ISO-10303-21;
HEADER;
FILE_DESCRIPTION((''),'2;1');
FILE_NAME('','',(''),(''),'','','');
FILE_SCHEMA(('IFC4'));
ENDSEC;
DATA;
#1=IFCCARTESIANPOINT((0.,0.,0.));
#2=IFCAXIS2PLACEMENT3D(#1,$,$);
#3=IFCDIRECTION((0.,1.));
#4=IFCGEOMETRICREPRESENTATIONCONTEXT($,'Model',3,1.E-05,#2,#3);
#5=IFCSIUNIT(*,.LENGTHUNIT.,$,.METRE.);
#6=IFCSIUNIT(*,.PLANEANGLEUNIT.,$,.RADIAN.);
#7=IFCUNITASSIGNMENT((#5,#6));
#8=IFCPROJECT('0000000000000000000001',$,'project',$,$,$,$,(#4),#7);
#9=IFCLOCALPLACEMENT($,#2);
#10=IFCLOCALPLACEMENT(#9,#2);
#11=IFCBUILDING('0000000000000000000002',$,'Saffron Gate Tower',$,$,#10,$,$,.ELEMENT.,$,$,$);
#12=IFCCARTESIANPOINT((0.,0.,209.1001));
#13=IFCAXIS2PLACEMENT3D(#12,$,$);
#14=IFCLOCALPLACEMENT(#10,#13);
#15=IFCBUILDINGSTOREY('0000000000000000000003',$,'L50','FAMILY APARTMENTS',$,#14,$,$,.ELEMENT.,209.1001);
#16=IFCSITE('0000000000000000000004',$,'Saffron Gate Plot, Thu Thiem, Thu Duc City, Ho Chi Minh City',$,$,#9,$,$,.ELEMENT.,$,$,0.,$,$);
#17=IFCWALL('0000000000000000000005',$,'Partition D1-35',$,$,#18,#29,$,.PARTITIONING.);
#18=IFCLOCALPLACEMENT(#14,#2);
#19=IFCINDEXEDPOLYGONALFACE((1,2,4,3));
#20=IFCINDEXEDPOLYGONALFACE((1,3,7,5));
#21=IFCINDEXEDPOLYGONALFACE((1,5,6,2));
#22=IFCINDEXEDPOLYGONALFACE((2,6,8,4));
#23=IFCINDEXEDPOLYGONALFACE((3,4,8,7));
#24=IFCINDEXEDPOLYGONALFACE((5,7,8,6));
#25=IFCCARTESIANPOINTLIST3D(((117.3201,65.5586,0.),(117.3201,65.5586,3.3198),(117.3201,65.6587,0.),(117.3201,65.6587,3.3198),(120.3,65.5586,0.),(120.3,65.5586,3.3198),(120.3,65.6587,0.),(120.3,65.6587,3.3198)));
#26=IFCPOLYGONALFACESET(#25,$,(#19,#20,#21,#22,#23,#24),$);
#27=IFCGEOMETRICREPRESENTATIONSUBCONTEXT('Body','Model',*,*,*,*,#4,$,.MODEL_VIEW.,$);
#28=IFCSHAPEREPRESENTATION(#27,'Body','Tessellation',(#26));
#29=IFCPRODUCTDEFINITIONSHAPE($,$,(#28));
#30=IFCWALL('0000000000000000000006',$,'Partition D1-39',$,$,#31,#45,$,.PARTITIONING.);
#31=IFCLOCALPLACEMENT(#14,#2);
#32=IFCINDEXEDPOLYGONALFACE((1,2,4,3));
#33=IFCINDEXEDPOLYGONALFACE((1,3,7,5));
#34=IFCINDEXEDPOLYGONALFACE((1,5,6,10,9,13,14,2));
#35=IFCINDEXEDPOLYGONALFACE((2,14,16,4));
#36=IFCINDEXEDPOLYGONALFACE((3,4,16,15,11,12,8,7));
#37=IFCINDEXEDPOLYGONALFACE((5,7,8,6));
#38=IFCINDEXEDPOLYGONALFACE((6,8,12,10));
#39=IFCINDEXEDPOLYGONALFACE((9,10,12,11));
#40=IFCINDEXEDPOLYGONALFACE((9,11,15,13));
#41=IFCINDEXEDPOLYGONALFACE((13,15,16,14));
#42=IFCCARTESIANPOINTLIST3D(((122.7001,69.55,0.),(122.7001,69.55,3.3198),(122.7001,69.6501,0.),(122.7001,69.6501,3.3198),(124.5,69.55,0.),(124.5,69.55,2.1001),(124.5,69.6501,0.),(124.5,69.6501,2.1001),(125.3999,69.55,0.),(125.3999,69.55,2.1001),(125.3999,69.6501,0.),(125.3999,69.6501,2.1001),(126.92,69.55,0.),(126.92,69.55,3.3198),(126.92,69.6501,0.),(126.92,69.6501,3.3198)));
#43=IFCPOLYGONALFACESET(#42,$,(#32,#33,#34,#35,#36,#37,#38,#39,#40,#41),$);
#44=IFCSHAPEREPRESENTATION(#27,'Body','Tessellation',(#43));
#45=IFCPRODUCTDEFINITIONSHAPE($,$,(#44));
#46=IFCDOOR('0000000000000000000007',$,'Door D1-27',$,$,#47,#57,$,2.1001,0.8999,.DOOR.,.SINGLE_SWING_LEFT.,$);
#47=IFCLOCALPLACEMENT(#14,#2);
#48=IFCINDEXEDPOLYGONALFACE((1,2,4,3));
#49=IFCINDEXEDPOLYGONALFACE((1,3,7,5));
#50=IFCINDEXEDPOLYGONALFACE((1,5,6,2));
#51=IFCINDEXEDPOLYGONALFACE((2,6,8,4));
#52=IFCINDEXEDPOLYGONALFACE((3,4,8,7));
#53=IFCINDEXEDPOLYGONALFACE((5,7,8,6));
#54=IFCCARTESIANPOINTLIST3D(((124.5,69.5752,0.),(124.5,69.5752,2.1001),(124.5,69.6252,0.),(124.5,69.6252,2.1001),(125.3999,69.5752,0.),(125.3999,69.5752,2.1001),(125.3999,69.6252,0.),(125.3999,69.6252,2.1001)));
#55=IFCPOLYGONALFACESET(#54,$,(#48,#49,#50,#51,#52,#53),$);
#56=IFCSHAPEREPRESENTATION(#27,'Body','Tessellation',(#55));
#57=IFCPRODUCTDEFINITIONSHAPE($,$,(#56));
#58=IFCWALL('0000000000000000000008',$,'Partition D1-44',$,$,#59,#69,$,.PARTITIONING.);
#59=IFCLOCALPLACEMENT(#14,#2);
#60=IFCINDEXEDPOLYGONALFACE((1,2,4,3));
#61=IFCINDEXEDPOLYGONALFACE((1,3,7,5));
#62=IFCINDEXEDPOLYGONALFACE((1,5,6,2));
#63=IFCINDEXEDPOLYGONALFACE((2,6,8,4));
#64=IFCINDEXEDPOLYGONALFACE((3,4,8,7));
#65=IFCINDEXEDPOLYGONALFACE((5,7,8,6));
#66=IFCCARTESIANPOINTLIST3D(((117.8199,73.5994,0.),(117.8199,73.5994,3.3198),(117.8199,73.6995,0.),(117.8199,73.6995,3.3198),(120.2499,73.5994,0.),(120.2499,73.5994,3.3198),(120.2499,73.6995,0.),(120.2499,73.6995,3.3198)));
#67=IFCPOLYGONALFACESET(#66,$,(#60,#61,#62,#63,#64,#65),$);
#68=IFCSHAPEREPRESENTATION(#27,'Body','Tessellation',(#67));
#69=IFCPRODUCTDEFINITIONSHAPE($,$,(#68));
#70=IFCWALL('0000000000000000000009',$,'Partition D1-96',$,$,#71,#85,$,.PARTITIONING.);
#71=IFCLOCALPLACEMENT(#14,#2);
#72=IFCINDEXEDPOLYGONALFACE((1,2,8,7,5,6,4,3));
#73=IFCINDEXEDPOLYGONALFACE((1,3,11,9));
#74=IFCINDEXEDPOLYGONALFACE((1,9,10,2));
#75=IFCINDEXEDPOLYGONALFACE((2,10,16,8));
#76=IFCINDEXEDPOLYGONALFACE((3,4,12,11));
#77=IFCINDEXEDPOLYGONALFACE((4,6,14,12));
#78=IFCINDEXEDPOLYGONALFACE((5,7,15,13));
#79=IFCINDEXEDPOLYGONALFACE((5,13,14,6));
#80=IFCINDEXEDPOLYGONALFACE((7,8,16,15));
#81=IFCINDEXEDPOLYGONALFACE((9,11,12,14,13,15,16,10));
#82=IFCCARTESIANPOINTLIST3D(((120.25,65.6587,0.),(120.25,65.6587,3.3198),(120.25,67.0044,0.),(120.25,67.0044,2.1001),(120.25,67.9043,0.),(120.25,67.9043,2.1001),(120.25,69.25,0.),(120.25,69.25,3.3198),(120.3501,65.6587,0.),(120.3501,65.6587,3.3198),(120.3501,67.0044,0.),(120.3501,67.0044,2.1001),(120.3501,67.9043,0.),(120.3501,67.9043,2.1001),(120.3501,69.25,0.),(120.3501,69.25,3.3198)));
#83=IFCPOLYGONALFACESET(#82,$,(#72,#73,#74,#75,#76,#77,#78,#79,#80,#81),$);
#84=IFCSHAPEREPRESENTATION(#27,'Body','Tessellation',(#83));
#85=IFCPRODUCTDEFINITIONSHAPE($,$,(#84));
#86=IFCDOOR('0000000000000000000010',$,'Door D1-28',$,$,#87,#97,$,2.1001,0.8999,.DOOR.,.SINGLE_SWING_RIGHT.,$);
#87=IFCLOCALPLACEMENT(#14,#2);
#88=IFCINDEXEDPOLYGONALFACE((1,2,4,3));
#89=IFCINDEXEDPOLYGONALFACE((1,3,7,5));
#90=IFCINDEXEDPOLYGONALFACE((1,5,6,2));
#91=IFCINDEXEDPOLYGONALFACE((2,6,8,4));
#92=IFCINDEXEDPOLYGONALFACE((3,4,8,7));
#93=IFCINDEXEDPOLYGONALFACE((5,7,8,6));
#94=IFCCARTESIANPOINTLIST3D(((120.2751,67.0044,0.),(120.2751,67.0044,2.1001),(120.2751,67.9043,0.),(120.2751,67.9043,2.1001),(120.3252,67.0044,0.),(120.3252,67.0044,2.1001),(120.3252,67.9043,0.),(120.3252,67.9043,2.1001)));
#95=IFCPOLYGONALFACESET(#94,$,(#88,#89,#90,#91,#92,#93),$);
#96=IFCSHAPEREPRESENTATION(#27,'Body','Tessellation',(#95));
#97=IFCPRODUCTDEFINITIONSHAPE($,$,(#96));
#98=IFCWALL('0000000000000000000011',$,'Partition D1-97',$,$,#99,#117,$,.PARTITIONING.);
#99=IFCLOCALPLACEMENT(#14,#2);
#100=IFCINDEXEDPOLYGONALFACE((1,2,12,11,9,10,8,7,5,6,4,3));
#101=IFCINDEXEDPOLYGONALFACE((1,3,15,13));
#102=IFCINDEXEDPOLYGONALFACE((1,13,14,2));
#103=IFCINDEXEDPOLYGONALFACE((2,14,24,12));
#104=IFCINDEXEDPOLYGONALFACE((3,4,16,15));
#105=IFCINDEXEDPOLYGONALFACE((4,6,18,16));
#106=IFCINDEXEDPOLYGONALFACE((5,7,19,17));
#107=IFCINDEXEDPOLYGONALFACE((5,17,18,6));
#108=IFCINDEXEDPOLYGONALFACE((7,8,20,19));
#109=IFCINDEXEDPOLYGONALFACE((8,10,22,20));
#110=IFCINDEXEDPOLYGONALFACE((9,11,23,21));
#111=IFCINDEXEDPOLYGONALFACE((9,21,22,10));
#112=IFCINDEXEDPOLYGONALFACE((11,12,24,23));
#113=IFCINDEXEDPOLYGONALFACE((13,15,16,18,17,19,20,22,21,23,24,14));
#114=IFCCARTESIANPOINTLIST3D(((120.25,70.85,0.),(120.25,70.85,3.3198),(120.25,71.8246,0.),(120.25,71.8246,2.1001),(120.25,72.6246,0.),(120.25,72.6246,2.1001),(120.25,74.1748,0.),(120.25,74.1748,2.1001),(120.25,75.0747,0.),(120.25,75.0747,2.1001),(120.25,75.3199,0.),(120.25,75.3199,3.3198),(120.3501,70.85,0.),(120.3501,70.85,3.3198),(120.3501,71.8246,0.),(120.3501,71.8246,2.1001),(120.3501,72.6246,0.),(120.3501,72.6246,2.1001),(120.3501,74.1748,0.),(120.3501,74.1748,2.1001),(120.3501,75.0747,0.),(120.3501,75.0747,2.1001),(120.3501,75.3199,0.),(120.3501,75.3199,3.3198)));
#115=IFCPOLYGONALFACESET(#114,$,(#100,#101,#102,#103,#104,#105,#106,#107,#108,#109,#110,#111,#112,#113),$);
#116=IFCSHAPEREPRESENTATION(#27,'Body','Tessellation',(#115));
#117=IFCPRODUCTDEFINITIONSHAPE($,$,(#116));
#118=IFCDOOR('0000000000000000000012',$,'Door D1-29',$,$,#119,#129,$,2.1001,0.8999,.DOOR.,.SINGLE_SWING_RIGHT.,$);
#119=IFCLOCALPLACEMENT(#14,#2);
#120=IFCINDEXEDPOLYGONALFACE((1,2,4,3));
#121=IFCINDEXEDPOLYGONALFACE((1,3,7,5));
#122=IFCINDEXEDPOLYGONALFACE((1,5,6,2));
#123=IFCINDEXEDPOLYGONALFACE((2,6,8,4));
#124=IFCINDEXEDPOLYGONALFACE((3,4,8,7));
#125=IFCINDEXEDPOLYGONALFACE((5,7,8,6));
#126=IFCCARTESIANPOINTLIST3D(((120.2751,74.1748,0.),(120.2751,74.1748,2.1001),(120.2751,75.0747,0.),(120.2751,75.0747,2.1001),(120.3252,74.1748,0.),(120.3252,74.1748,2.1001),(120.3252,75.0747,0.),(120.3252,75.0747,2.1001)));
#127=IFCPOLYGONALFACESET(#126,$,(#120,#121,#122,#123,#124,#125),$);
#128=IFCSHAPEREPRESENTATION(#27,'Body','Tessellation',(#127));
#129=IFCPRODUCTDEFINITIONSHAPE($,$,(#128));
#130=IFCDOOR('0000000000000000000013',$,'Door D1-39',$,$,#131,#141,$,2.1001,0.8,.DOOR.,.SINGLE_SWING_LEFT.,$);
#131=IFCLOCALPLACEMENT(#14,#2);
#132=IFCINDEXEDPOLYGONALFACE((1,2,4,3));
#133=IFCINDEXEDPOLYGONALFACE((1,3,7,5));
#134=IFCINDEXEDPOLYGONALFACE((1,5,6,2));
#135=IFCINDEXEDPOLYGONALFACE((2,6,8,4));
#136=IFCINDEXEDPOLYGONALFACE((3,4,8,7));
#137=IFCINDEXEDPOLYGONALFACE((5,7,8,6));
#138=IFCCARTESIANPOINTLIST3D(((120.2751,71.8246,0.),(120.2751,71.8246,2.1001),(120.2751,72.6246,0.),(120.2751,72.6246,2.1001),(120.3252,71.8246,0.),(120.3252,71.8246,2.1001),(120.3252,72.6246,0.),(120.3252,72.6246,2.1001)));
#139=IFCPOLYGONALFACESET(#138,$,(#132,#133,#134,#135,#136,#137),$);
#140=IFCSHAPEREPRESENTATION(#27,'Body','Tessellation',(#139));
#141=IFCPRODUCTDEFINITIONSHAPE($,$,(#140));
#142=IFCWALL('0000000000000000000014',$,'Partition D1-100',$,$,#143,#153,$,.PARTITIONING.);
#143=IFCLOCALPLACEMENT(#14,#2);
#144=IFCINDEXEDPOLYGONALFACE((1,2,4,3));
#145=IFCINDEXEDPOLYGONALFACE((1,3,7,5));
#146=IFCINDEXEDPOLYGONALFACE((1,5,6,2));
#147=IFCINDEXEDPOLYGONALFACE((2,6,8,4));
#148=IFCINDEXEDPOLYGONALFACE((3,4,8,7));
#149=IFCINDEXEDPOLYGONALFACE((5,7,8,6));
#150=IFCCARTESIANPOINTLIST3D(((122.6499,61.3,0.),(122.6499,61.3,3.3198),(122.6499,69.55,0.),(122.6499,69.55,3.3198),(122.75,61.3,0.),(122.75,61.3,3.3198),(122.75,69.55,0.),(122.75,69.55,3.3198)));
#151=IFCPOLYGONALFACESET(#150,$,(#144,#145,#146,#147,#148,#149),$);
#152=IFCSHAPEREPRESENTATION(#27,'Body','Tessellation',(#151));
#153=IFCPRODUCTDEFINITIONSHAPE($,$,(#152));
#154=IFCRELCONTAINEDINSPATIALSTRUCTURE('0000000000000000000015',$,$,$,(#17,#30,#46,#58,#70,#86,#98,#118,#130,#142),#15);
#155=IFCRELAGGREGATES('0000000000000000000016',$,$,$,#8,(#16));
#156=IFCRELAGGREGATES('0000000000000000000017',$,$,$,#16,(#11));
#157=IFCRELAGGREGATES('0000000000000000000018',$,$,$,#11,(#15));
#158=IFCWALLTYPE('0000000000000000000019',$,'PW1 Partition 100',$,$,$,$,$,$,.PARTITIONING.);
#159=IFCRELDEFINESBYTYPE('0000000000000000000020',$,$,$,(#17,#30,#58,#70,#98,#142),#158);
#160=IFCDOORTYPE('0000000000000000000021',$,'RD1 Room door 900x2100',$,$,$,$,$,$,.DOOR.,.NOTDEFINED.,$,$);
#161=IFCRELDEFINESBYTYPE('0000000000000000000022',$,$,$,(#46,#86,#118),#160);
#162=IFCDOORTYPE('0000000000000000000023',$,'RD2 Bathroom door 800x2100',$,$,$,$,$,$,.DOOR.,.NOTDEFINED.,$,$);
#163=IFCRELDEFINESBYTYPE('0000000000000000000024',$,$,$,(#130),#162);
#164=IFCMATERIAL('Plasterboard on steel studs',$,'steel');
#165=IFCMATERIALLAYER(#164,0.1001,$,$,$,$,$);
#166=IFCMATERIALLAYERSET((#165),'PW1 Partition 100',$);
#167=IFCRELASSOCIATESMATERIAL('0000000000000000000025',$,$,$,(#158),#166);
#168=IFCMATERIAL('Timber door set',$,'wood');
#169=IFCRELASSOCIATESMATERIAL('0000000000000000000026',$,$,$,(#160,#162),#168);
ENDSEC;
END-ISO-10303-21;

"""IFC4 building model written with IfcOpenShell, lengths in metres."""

from ifc_helpers import new_model, si_unit, direction, frame, frame_2d, origin, place, context, subcontext, project, spatial, rectangle, extrude, material, layer, layer_set, type_object, element, fill, save


model = new_model("IFC4")

# Units and contexts
model_context = context("Model", 3, precision=1e-05, world=origin(), true_north=direction((0.0, 1.0)))
body_context = subcontext(model_context, "Body", "Model", "MODEL_VIEW")
ifc_project = project(units=[si_unit("LENGTHUNIT", "METRE"), si_unit("PLANEANGLEUNIT", "RADIAN")], contexts=[model_context])

# Site, building, storey
site_placement = place(None, origin())
site = spatial("IfcSite", under=ifc_project, at=site_placement, Name="Saffron Gate Plot, Thu Thiem, Thu Duc City, Ho Chi Minh City", CompositionType="ELEMENT", RefElevation=0.0)
building_placement = place(site_placement, origin())
building = spatial("IfcBuilding", under=site, at=building_placement, Name="Saffron Gate Tower", CompositionType="ELEMENT")
storey_placement = place(building_placement, frame((0.0, 0.0, 209.1001)))
storey = spatial("IfcBuildingStorey", under=building, at=storey_placement, Name="L50", Description="FAMILY APARTMENTS", CompositionType="ELEMENT", Elevation=209.1001)

# Wall
ifc_material_1 = material(Name="Plasterboard on steel studs", Category="steel")
ifc_layer_1 = layer(ifc_material_1, 0.1001)
ifc_layer_set_1 = layer_set([ifc_layer_1], Name="PW1 Partition 100")
wall_type = type_object("IfcWallType", Name="PW1 Partition 100", PredefinedType="PARTITIONING", material=ifc_layer_set_1)
wall_1_placement = place(storey_placement, frame((117.3201, 65.6086, 0.0), z_axis=(0.0, 0.0, 1.0), x_axis=(1.0, 0.0, 0.0)))
element("IfcWall", 1, at=wall_1_placement, inside=storey, type_object=wall_type, Name="Partition D1-35", PredefinedType="PARTITIONING", context=body_context, shape_type="SweptSolid", body=[
    extrude(rectangle(XDim=2.98, YDim=0.1001, at=frame_2d((1.49, 0.0))), origin(), (0.0, 0.0, 1.0), 3.3198),
])

# Wall, opening, door
wall_2_placement = place(storey_placement, frame((126.9199, 69.6001, 0.0), z_axis=(0.0, 0.0, 1.0), x_axis=(-1.0, 0.0, 0.0)))
wall_2 = element("IfcWall", 2, at=wall_2_placement, inside=storey, type_object=wall_type, Name="Partition D1-39", PredefinedType="PARTITIONING", context=body_context, shape_type="SweptSolid", body=[
    extrude(rectangle(XDim=4.22, YDim=0.1001, at=frame_2d((2.1099, 0.0))), origin(), (0.0, 0.0, 1.0), 3.3198),
])
opening_1_placement = place(wall_2_placement, frame((1.52, 0.0, 0.0)))
opening_1 = element("IfcOpeningElement", 3, at=opening_1_placement, cuts=wall_2, PredefinedType="OPENING", context=body_context, shape_type="SweptSolid", body=[
    extrude(rectangle(XDim=0.8999, YDim=2.1001, at=frame_2d((0.45, 1.05))), frame((0.0, 0.0601, 0.0), z_axis=(0.0, -1.0, 0.0), x_axis=(1.0, 0.0, 0.0)), (0.0, 0.0, 1.0), 0.1201),
])
ifc_material_2 = material(Name="Timber door set", Category="wood")
door_type_1 = type_object("IfcDoorType", Name="RD1 Room door 900x2100", OperationType="NOTDEFINED", PredefinedType="DOOR", material=ifc_material_2)
door_1_placement = place(opening_1_placement, origin())
door_1 = element("IfcDoor", 4, at=door_1_placement, inside=storey, type_object=door_type_1, Name="Door D1-27", OperationType="SINGLE_SWING_LEFT", OverallHeight=2.1001, OverallWidth=0.8999, PredefinedType="DOOR", context=body_context, shape_type="SweptSolid", body=[
    extrude(rectangle(XDim=0.8999, YDim=2.1001, at=frame_2d((0.45, 1.05))), frame((0.0, 0.0249, 0.0), z_axis=(0.0, -1.0, 0.0), x_axis=(1.0, 0.0, 0.0)), (0.0, 0.0, 1.0), 0.05),
])
fill(opening_1, door_1)

# Wall
wall_3_placement = place(storey_placement, frame((117.8201, 73.6494, 0.0), z_axis=(0.0, 0.0, 1.0), x_axis=(1.0, 0.0, 0.0)))
element("IfcWall", 5, at=wall_3_placement, inside=storey, type_object=wall_type, Name="Partition D1-44", PredefinedType="PARTITIONING", context=body_context, shape_type="SweptSolid", body=[
    extrude(rectangle(XDim=2.4299, YDim=0.1001, at=frame_2d((1.2148, 0.0))), origin(), (0.0, 0.0, 1.0), 3.3198),
])

# Wall, opening, door
wall_4_placement = place(storey_placement, frame((120.3, 65.6587, 0.0), z_axis=(0.0, 0.0, 1.0), x_axis=(0.0, 1.0, 0.0)))
wall_4 = element("IfcWall", 6, at=wall_4_placement, inside=storey, type_object=wall_type, Name="Partition D1-96", PredefinedType="PARTITIONING", context=body_context, shape_type="SweptSolid", body=[
    extrude(rectangle(XDim=3.5913, YDim=0.1001, at=frame_2d((1.7957, 0.0))), origin(), (0.0, 0.0, 1.0), 3.3198),
])
opening_2_placement = place(wall_4_placement, frame((1.3457, 0.0, 0.0)))
opening_2 = element("IfcOpeningElement", 7, at=opening_2_placement, cuts=wall_4, PredefinedType="OPENING", context=body_context, shape_type="SweptSolid", body=[
    extrude(rectangle(XDim=0.8999, YDim=2.1001, at=frame_2d((0.45, 1.05))), frame((0.0, 0.0601, 0.0), z_axis=(0.0, -1.0, 0.0), x_axis=(1.0, 0.0, 0.0)), (0.0, 0.0, 1.0), 0.1201),
])
door_2_placement = place(opening_2_placement, origin())
door_2 = element("IfcDoor", 8, at=door_2_placement, inside=storey, type_object=door_type_1, Name="Door D1-28", OperationType="SINGLE_SWING_RIGHT", OverallHeight=2.1001, OverallWidth=0.8999, PredefinedType="DOOR", context=body_context, shape_type="SweptSolid", body=[
    extrude(rectangle(XDim=0.8999, YDim=2.1001, at=frame_2d((0.45, 1.05))), frame((0.0, 0.0249, 0.0), z_axis=(0.0, -1.0, 0.0), x_axis=(1.0, 0.0, 0.0)), (0.0, 0.0, 1.0), 0.05),
])
fill(opening_2, door_2)

# Wall, openings, doors
wall_5_placement = place(storey_placement, frame((120.3, 70.8501, 0.0), z_axis=(0.0, 0.0, 1.0), x_axis=(0.0, 1.0, 0.0)))
wall_5 = element("IfcWall", 9, at=wall_5_placement, inside=storey, type_object=wall_type, Name="Partition D1-97", PredefinedType="PARTITIONING", context=body_context, shape_type="SweptSolid", body=[
    extrude(rectangle(XDim=4.47, YDim=0.1001, at=frame_2d((2.2349, 0.0))), origin(), (0.0, 0.0, 1.0), 3.3198),
])
opening_3_placement = place(wall_5_placement, frame((0.9746, 0.0, 0.0)))
opening_3 = element("IfcOpeningElement", 10, at=opening_3_placement, cuts=wall_5, PredefinedType="OPENING", context=body_context, shape_type="SweptSolid", body=[
    extrude(rectangle(XDim=0.8, YDim=2.1001, at=frame_2d((0.3999, 1.05))), frame((0.0, 0.0601, 0.0), z_axis=(0.0, -1.0, 0.0), x_axis=(1.0, 0.0, 0.0)), (0.0, 0.0, 1.0), 0.1201),
])
opening_4_placement = place(wall_5_placement, frame((3.3247, 0.0, 0.0)))
opening_4 = element("IfcOpeningElement", 11, at=opening_4_placement, cuts=wall_5, PredefinedType="OPENING", context=body_context, shape_type="SweptSolid", body=[
    extrude(rectangle(XDim=0.8999, YDim=2.1001, at=frame_2d((0.45, 1.05))), frame((0.0, 0.0601, 0.0), z_axis=(0.0, -1.0, 0.0), x_axis=(1.0, 0.0, 0.0)), (0.0, 0.0, 1.0), 0.1201),
])
door_3_placement = place(opening_4_placement, origin())
door_3 = element("IfcDoor", 12, at=door_3_placement, inside=storey, type_object=door_type_1, Name="Door D1-29", OperationType="SINGLE_SWING_RIGHT", OverallHeight=2.1001, OverallWidth=0.8999, PredefinedType="DOOR", context=body_context, shape_type="SweptSolid", body=[
    extrude(rectangle(XDim=0.8999, YDim=2.1001, at=frame_2d((0.45, 1.05))), frame((0.0, 0.0249, 0.0), z_axis=(0.0, -1.0, 0.0), x_axis=(1.0, 0.0, 0.0)), (0.0, 0.0, 1.0), 0.05),
])
fill(opening_4, door_3)
door_type_2 = type_object("IfcDoorType", Name="RD2 Bathroom door 800x2100", OperationType="NOTDEFINED", PredefinedType="DOOR", material=ifc_material_2)
door_4_placement = place(opening_3_placement, origin())
door_4 = element("IfcDoor", 13, at=door_4_placement, inside=storey, type_object=door_type_2, Name="Door D1-39", OperationType="SINGLE_SWING_LEFT", OverallHeight=2.1001, OverallWidth=0.8, PredefinedType="DOOR", context=body_context, shape_type="SweptSolid", body=[
    extrude(rectangle(XDim=0.8, YDim=2.1001, at=frame_2d((0.3999, 1.05))), frame((0.0, 0.0249, 0.0), z_axis=(0.0, -1.0, 0.0), x_axis=(1.0, 0.0, 0.0)), (0.0, 0.0, 1.0), 0.05),
])
fill(opening_3, door_4)

# Wall
wall_6_placement = place(storey_placement, frame((122.7, 69.55, 0.0), z_axis=(0.0, 0.0, 1.0), x_axis=(0.0, -1.0, 0.0)))
element("IfcWall", 14, at=wall_6_placement, inside=storey, type_object=wall_type, Name="Partition D1-100", PredefinedType="PARTITIONING", context=body_context, shape_type="SweptSolid", body=[
    extrude(rectangle(XDim=8.25, YDim=0.1001, at=frame_2d((4.125, 0.0))), origin(), (0.0, 0.0, 1.0), 3.3198),
])

save(model, "model.ifc")
